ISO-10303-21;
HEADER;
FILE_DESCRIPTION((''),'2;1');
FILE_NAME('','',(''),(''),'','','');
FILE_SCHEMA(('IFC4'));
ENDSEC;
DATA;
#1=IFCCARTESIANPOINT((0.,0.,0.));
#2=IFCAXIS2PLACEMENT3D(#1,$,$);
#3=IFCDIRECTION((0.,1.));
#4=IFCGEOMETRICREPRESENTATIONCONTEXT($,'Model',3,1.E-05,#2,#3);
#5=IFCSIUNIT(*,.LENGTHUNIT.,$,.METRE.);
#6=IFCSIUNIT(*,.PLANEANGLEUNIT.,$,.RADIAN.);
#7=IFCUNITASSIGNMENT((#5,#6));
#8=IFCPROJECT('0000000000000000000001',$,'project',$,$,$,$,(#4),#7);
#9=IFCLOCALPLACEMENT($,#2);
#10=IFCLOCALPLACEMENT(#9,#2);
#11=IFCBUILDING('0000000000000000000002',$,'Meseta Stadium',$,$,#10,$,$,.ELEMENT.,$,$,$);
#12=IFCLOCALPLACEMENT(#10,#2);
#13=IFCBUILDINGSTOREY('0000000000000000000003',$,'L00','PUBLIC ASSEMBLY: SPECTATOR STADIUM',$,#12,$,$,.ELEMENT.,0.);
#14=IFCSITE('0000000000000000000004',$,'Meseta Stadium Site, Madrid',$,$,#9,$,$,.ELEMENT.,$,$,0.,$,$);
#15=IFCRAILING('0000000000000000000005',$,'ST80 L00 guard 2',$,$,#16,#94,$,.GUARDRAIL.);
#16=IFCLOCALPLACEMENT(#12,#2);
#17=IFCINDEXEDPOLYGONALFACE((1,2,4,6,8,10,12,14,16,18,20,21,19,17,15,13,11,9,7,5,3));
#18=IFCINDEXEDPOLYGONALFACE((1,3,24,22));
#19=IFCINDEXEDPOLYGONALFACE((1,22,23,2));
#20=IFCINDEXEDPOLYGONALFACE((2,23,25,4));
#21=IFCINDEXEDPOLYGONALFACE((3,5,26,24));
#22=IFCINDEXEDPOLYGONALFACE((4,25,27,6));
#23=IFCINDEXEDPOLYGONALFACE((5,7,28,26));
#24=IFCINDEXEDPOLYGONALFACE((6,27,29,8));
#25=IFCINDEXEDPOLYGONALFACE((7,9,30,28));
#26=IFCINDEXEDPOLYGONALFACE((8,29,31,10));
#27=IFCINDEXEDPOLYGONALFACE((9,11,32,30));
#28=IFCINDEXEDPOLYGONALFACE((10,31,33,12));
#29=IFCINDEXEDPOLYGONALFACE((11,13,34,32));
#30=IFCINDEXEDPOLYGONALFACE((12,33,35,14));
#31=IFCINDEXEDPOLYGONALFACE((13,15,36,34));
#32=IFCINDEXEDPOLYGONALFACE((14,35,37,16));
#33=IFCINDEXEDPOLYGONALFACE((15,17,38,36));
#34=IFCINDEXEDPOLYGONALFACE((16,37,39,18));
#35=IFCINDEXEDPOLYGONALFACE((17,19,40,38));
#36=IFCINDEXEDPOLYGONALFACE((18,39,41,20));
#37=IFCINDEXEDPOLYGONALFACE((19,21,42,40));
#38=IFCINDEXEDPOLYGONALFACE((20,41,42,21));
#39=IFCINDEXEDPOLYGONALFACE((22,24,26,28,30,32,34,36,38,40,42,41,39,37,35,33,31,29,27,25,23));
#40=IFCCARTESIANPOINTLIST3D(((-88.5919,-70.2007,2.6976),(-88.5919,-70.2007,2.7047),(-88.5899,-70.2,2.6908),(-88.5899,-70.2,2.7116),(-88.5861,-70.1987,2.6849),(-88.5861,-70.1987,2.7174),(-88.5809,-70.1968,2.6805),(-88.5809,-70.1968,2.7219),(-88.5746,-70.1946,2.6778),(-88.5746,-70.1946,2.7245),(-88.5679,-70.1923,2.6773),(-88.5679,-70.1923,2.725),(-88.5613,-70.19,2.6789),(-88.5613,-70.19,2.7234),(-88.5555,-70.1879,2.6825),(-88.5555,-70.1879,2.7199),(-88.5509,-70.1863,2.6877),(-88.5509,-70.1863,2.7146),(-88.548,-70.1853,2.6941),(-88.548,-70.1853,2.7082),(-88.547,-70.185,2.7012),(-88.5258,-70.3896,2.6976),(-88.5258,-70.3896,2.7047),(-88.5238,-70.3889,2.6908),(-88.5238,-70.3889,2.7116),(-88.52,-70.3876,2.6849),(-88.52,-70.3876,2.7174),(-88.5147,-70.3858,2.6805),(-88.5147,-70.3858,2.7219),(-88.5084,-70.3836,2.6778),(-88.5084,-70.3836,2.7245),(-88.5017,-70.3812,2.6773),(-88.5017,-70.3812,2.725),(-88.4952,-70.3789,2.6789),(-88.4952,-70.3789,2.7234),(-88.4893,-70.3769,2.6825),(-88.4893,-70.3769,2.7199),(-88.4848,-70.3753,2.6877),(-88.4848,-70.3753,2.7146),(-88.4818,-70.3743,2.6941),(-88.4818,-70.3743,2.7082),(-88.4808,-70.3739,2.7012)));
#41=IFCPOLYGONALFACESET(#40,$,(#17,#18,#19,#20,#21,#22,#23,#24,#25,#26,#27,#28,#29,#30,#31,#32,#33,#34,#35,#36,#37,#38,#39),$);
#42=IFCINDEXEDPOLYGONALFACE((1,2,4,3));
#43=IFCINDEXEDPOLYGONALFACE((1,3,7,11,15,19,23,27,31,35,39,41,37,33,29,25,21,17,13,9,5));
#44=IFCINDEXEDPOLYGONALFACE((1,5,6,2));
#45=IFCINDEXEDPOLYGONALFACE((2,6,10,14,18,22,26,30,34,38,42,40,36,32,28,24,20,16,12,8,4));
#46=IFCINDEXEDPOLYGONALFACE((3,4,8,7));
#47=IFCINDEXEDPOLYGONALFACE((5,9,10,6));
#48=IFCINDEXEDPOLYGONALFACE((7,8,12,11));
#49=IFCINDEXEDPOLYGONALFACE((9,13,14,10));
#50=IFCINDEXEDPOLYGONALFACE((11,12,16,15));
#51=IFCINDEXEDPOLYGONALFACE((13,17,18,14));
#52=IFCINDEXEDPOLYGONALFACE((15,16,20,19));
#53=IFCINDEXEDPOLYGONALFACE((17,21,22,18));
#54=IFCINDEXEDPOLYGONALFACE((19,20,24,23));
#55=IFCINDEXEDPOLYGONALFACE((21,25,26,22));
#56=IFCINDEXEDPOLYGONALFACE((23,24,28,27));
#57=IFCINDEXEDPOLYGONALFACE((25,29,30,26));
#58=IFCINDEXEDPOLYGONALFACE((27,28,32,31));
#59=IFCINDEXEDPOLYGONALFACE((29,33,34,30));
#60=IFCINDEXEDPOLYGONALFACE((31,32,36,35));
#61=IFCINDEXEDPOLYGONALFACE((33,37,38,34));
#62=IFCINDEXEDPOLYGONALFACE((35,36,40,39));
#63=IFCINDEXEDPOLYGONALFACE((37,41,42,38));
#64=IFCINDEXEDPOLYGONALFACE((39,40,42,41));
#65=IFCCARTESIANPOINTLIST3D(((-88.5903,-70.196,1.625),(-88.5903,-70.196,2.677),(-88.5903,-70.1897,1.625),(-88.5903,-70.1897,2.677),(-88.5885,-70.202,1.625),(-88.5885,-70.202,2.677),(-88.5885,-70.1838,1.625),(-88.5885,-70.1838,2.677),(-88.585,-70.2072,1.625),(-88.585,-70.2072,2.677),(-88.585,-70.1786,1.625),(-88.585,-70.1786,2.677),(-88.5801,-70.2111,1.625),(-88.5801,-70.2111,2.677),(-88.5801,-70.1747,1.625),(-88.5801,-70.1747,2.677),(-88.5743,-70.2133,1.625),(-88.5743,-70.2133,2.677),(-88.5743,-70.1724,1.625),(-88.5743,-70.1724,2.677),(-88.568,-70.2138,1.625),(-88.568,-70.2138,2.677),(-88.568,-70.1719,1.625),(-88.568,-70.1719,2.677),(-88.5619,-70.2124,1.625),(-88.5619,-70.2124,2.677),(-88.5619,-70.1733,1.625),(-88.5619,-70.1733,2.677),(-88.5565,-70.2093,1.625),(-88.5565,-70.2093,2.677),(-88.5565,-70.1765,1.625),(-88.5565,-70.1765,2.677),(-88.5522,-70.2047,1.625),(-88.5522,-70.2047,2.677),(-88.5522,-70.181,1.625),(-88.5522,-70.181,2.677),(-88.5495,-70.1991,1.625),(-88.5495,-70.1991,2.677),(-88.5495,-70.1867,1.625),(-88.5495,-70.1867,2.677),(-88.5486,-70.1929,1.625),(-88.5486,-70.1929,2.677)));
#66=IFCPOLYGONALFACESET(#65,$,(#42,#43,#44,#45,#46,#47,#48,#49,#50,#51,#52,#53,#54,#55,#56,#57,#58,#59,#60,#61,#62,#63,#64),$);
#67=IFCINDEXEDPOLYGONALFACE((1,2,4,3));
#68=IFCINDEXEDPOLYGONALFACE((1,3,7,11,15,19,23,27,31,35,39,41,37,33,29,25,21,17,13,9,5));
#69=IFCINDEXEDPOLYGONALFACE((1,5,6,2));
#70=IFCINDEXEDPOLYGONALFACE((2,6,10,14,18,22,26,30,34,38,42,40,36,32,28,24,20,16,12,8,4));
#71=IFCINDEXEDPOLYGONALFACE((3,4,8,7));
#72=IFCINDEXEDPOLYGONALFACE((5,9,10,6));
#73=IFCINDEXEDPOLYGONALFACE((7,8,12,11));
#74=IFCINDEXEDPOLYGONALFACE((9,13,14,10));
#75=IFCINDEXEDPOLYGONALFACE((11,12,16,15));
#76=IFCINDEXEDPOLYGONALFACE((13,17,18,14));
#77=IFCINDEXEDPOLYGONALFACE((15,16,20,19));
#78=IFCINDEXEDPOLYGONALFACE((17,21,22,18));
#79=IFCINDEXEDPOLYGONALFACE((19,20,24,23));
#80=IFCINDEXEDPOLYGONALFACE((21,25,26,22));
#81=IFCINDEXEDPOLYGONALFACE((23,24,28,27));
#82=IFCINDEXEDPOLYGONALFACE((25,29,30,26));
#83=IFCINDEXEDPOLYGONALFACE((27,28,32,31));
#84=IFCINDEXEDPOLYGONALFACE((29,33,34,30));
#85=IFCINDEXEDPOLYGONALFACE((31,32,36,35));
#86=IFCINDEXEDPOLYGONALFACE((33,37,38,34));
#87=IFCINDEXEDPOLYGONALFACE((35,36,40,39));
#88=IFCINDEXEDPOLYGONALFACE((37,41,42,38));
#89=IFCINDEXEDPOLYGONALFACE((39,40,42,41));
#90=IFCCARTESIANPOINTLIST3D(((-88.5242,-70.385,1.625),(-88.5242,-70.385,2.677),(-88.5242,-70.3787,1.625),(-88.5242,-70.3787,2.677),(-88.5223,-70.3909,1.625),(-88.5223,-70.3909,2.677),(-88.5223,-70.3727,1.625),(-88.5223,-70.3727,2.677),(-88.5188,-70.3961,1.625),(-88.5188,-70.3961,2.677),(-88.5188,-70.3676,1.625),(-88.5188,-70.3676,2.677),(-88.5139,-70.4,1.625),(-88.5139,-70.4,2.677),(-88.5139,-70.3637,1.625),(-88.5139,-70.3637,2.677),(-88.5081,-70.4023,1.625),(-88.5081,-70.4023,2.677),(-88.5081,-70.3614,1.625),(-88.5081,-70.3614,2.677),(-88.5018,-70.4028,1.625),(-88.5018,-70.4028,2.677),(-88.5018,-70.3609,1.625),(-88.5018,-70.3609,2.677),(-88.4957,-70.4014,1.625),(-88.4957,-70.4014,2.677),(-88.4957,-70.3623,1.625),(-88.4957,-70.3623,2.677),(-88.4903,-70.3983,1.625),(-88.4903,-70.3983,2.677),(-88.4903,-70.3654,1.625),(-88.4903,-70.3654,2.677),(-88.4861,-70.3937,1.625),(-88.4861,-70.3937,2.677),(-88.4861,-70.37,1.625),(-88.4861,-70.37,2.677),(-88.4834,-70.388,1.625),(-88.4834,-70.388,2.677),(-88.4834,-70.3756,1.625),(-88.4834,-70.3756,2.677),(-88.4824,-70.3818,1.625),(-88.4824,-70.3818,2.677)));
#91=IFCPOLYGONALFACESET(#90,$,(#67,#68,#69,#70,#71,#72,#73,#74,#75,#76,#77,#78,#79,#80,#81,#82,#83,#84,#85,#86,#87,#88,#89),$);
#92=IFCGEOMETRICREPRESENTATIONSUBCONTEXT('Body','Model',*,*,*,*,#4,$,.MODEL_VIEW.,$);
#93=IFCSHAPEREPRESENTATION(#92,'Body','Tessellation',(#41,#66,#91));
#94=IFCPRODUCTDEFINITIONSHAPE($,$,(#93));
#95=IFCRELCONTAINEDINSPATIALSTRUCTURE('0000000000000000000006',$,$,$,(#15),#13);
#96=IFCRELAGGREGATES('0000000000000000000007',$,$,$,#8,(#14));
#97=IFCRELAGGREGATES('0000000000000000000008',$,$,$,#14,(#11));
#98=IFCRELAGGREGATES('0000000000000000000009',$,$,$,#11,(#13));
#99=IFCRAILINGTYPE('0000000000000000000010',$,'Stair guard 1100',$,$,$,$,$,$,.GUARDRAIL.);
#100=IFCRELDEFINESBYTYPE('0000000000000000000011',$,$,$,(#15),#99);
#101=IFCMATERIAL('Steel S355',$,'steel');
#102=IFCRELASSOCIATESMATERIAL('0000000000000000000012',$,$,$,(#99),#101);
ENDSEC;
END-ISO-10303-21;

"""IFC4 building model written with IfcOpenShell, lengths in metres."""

from ifc_helpers import new_model, si_unit, direction, frame, origin, origin_2d, place, context, subcontext, project, spatial, circle, extrude, material, type_object, element, save


model = new_model("IFC4")

# Units and contexts
model_context = context("Model", 3, precision=1e-05, world=origin(), true_north=direction((0.0, 1.0)))
body_context = subcontext(model_context, "Body", "Model", "MODEL_VIEW")
ifc_project = project(units=[si_unit("LENGTHUNIT", "METRE"), si_unit("PLANEANGLEUNIT", "RADIAN")], contexts=[model_context])

# Site, building, storey
site_placement = place(None, origin())
site = spatial("IfcSite", under=ifc_project, at=site_placement, Name="Meseta Stadium Site, Madrid", CompositionType="ELEMENT", RefElevation=0.0)
building_placement = place(site_placement, origin())
building = spatial("IfcBuilding", under=site, at=building_placement, Name="Meseta Stadium", CompositionType="ELEMENT")
storey_placement = place(building_placement, origin())
storey = spatial("IfcBuildingStorey", under=building, at=storey_placement, Name="L00", Description="PUBLIC ASSEMBLY: SPECTATOR STADIUM", CompositionType="ELEMENT", Elevation=0.0)

# Railing
ifc_material_1 = material(Name="Steel S355", Category="steel")
railing_type_1 = type_object("IfcRailingType", Name="Stair guard 1100", PredefinedType="GUARDRAIL", material=ifc_material_1)
railing_1_placement = place(storey_placement, frame((-88.5696, -70.1929, 1.625)))
element("IfcRailing", 1, at=railing_1_placement, inside=storey, type_object=railing_type_1, Name="ST80 L00 guard 2", PredefinedType="GUARDRAIL", context=body_context, shape_type="SweptSolid", body=[
    extrude(circle(Radius=0.0239, at=origin_2d()), frame((0.0, 0.0, 1.0762), z_axis=(0.330459, -0.94382, 0.0), x_axis=(0.94382, 0.330459, 0.0)), (0.0, 0.0, 1.0), 0.2002),
    extrude(circle(Radius=0.021, at=origin_2d()), origin(), (0.0, 0.0, 1.0), 1.052),
    extrude(circle(Radius=0.021, at=origin_2d()), frame((0.0662, -0.189, 0.0)), (0.0, 0.0, 1.0), 1.052),
])

save(model, "model.ifc")
